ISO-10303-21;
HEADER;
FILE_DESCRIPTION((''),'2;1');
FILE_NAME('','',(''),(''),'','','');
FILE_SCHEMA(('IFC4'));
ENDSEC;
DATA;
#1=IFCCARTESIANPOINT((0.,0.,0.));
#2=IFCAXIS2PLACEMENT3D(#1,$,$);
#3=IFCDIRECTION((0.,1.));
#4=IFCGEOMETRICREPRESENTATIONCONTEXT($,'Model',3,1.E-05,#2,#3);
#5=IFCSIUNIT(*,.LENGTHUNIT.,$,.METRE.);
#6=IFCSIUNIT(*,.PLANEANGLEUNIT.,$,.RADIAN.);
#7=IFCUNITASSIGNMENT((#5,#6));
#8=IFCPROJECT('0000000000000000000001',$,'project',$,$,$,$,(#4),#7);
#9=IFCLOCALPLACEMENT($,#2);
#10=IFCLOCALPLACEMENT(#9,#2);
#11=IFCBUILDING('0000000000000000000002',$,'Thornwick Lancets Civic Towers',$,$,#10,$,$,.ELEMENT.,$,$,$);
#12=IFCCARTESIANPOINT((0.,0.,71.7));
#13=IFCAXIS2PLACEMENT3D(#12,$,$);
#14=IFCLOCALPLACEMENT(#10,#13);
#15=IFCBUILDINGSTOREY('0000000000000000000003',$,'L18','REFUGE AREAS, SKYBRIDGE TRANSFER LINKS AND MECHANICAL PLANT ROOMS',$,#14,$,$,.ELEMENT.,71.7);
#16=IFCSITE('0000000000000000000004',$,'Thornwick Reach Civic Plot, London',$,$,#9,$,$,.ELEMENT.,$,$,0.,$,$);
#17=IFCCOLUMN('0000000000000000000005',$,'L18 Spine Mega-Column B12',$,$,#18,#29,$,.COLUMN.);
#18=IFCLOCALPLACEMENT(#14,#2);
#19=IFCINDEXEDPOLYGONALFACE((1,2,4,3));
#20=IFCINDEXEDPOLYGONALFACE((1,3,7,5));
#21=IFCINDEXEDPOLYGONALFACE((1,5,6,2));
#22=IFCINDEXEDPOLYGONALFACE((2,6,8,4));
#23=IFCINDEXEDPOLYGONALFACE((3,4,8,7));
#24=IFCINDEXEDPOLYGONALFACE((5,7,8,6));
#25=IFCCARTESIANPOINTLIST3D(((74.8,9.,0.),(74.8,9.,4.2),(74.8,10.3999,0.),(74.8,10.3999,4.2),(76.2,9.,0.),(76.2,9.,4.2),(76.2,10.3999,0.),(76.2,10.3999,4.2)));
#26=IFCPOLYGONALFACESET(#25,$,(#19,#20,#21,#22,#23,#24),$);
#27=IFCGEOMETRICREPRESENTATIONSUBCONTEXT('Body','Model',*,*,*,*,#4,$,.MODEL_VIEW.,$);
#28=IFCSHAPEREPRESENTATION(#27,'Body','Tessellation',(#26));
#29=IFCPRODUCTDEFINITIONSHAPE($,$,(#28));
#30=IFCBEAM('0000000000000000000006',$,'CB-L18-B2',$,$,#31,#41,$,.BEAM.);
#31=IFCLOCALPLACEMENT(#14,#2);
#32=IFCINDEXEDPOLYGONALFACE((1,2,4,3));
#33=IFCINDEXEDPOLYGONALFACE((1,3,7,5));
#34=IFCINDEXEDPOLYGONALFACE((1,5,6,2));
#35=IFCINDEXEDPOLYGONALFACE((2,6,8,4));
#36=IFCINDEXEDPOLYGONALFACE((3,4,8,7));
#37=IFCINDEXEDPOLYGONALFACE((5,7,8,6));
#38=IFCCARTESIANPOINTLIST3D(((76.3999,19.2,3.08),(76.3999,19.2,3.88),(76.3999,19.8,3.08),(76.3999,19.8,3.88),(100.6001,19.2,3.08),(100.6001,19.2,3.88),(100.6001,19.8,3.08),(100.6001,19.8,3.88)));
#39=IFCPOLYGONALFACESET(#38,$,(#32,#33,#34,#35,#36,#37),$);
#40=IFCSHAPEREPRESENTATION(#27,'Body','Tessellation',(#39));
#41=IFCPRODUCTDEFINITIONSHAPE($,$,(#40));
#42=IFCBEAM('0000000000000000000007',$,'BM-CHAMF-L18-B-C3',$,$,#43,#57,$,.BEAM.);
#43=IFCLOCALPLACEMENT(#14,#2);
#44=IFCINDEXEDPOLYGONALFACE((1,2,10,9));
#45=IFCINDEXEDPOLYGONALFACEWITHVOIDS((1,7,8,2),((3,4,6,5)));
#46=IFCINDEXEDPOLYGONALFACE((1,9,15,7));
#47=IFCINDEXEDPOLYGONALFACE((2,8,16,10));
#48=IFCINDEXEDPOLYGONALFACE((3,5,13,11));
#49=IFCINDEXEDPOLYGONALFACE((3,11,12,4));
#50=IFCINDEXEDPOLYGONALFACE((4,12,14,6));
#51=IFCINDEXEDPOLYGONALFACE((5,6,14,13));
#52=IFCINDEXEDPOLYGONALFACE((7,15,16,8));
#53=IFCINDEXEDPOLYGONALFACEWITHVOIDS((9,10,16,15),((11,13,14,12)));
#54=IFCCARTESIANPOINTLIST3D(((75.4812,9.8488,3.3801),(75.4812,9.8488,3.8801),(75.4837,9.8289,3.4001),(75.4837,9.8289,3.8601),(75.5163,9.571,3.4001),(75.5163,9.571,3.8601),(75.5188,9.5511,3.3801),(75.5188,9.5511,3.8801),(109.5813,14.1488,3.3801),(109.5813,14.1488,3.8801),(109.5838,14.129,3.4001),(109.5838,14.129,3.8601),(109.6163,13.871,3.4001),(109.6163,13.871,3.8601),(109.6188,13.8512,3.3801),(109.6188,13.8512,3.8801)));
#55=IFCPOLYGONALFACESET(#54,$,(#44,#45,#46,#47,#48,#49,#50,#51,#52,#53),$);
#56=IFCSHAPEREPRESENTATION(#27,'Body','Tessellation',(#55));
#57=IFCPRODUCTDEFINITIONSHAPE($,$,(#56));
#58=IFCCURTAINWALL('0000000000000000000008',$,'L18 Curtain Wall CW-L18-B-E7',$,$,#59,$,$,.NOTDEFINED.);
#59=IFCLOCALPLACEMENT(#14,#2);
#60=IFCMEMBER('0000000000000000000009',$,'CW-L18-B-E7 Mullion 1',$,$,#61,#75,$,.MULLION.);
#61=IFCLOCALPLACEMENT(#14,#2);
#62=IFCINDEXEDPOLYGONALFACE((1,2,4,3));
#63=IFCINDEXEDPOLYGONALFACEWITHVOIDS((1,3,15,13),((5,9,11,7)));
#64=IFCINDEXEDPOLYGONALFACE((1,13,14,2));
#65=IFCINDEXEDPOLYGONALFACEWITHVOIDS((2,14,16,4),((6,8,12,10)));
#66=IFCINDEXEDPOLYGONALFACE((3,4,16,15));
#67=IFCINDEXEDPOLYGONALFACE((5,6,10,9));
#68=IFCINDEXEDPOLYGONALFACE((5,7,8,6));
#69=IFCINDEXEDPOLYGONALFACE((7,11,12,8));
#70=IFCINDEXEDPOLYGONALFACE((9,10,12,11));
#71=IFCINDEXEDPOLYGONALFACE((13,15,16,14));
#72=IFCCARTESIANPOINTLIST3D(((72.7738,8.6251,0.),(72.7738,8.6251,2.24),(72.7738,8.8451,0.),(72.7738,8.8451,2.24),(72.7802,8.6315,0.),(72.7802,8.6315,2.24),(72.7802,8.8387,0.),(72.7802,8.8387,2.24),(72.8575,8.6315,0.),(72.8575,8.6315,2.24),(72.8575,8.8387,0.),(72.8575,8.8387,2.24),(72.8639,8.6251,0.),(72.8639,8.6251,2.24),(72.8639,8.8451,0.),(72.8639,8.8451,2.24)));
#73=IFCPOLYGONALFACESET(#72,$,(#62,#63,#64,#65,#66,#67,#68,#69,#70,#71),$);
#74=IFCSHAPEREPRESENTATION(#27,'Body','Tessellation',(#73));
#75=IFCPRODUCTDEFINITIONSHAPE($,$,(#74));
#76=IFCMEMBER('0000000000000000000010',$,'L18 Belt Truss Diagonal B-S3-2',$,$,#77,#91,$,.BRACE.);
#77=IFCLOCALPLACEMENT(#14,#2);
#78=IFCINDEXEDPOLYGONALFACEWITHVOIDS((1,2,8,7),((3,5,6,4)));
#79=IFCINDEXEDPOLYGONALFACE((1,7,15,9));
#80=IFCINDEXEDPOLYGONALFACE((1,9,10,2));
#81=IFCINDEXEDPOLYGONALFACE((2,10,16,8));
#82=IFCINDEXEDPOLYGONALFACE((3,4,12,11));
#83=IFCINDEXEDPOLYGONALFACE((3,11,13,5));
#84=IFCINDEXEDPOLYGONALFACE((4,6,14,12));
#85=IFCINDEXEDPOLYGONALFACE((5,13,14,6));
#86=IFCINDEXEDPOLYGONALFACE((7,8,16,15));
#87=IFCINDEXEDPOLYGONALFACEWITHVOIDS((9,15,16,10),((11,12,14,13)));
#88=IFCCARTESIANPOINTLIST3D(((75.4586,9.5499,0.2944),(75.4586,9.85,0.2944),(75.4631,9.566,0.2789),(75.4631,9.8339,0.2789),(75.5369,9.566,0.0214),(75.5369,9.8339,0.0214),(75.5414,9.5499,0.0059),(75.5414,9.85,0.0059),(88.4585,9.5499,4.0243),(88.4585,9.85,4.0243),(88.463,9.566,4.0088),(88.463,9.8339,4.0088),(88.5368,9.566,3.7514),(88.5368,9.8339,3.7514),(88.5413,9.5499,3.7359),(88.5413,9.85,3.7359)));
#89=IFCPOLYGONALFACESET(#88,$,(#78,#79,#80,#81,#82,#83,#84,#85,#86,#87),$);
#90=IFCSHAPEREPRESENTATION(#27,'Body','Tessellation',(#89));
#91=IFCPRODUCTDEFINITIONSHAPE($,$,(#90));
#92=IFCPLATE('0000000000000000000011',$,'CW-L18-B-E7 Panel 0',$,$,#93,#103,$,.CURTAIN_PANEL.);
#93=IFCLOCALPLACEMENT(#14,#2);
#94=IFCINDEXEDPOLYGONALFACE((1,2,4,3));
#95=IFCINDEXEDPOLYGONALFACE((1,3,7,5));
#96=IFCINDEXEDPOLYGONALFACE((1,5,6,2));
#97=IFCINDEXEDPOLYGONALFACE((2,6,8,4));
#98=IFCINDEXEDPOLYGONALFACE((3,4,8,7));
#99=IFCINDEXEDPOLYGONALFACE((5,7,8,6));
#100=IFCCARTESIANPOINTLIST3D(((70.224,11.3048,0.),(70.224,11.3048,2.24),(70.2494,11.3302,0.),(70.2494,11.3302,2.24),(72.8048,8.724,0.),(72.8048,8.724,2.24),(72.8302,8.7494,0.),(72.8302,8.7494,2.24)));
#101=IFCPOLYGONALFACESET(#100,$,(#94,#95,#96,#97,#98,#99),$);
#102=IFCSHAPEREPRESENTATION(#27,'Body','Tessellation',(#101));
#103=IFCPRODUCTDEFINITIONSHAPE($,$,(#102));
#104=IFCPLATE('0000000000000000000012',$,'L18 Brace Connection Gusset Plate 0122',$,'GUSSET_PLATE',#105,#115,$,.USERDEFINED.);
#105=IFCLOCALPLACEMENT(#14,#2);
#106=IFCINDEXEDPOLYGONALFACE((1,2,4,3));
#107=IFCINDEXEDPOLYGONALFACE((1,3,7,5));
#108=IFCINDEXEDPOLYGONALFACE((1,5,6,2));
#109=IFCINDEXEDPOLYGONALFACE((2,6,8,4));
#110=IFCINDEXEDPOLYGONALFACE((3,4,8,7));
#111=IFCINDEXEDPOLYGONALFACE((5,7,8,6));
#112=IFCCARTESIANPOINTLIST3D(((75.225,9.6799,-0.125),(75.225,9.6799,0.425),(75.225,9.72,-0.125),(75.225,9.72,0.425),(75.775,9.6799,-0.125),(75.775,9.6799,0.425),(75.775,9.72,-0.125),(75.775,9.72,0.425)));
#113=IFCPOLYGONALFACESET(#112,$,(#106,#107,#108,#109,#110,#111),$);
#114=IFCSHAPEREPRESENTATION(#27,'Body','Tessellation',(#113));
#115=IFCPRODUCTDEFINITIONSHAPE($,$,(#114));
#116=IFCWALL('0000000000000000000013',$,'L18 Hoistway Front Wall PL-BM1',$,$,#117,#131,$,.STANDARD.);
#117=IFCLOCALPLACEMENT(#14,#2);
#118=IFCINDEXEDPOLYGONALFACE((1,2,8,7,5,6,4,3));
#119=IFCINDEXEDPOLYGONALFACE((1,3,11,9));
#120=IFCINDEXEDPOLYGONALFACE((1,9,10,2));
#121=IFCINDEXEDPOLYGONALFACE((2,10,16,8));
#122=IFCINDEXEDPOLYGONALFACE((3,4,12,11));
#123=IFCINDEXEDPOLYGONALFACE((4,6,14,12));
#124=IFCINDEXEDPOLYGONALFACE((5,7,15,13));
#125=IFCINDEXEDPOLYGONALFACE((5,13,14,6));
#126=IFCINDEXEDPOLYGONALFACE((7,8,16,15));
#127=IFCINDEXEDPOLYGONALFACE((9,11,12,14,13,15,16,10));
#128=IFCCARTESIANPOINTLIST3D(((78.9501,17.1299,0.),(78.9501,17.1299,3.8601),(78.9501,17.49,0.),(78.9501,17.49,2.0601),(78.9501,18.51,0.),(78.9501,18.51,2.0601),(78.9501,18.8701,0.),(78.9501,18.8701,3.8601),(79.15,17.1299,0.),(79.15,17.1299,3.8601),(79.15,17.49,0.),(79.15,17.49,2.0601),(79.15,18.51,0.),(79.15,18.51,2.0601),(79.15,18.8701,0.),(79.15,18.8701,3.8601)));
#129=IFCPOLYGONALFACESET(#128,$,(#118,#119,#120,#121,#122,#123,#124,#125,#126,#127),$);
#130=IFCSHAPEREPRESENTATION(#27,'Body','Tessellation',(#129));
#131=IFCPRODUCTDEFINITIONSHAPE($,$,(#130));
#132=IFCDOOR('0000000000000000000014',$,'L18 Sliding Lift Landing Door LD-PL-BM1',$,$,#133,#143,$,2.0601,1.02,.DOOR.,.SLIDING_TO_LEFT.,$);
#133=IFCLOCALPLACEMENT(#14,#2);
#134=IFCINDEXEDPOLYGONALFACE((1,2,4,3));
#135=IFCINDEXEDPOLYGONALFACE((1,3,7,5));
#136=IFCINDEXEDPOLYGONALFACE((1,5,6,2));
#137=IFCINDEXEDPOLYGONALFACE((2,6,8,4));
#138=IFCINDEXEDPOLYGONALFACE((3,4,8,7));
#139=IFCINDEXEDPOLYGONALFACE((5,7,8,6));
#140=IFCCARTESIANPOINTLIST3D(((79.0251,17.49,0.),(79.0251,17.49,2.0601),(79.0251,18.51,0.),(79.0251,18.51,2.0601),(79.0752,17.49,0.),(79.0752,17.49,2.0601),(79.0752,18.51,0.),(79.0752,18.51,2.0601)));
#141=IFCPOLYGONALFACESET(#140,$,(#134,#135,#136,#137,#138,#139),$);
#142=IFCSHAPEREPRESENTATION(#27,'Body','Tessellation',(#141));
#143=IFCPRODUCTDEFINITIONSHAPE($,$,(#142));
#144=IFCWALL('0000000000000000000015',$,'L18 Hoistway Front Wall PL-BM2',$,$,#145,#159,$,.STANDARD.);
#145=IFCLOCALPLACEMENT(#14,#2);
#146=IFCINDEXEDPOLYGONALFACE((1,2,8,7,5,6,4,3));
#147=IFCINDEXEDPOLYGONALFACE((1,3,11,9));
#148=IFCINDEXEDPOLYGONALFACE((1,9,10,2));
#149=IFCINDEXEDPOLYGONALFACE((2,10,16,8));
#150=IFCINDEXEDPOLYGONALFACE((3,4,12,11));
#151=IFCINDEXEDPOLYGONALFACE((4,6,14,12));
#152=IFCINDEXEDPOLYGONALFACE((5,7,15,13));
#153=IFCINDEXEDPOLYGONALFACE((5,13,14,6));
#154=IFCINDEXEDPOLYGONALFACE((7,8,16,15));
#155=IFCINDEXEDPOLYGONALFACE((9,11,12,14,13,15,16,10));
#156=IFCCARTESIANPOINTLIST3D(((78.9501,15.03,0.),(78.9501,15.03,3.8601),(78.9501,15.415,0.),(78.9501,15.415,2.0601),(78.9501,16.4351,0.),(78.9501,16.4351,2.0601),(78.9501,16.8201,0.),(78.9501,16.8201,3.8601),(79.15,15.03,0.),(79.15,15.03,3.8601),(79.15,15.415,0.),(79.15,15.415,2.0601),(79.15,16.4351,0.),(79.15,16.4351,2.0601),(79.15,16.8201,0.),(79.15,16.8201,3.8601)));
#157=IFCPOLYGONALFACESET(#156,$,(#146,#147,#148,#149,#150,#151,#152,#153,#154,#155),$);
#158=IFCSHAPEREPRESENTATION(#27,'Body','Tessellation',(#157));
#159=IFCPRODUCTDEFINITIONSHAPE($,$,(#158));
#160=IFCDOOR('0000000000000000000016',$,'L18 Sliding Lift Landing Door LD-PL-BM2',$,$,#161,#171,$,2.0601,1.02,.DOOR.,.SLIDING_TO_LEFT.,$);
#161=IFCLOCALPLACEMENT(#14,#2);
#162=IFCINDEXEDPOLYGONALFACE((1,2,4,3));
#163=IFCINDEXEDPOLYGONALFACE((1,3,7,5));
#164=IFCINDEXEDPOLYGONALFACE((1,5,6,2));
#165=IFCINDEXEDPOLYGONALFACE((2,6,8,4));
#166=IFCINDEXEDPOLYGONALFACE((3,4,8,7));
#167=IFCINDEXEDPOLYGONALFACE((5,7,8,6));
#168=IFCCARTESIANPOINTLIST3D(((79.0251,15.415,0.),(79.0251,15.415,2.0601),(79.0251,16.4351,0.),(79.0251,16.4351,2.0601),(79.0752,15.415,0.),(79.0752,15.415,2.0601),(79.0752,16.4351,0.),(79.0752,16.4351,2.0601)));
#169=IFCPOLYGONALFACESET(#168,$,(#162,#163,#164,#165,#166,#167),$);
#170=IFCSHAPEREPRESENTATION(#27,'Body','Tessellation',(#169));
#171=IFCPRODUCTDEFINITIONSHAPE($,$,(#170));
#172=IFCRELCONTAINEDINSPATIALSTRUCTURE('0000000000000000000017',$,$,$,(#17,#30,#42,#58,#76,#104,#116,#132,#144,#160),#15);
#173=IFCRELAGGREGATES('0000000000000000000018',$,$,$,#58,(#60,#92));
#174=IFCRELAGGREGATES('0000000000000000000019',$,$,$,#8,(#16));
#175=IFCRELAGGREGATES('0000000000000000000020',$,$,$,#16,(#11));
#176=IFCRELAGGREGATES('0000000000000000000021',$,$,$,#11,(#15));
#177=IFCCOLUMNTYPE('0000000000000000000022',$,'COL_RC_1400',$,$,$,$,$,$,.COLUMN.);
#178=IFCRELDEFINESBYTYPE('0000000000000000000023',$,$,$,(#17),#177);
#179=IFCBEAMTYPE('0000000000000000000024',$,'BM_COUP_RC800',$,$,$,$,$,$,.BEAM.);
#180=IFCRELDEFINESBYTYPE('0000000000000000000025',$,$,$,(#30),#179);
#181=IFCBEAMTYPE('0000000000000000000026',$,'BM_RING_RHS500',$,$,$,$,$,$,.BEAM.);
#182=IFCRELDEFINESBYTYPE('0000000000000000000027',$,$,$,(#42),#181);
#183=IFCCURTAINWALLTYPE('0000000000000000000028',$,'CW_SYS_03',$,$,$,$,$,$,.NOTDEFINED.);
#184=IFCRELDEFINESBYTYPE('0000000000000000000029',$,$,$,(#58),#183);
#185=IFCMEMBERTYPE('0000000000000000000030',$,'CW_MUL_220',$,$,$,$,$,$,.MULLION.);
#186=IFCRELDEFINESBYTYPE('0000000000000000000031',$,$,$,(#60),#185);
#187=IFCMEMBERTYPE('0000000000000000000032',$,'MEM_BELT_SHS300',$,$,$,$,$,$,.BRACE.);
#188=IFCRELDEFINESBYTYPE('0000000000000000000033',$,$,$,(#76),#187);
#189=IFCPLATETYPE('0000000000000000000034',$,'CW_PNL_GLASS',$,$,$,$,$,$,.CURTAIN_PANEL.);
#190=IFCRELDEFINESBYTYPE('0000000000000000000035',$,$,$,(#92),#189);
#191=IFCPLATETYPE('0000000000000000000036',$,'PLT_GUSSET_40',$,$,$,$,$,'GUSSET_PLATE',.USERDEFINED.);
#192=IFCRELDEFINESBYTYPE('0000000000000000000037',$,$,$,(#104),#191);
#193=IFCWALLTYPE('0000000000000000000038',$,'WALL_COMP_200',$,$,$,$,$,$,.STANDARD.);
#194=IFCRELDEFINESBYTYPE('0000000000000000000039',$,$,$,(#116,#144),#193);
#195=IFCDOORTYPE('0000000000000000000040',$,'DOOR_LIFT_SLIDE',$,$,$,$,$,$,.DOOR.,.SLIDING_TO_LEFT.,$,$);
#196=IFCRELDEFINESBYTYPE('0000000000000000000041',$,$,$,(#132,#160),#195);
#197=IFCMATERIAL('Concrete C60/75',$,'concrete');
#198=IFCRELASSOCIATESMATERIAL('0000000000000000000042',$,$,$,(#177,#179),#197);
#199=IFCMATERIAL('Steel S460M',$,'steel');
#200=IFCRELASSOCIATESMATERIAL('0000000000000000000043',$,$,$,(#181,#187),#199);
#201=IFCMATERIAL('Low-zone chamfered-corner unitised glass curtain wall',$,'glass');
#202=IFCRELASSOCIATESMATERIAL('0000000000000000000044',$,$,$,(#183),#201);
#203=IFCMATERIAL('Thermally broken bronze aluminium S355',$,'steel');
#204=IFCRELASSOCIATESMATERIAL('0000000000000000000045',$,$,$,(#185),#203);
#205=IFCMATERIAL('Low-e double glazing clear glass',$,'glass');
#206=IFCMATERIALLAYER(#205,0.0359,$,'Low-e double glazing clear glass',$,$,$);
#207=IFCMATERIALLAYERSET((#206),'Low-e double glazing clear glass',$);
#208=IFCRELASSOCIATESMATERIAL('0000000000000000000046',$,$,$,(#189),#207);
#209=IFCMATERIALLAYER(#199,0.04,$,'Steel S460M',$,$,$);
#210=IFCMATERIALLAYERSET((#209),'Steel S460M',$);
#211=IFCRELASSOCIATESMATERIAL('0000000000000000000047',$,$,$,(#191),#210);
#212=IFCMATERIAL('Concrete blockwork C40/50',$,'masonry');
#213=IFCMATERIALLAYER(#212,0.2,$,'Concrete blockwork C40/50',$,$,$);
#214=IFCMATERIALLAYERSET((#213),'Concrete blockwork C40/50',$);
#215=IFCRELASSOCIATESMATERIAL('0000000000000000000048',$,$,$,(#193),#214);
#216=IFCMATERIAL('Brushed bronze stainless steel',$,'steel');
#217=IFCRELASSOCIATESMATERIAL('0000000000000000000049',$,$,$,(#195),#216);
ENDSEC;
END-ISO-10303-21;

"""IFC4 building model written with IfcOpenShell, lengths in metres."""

from ifc_helpers import new_model, si_unit, direction, frame, frame_2d, origin, origin_2d, place, context, subcontext, project, spatial, rectangle, hollow_rectangle, extrude, material, layer, layer_set, material_profile, profile_set, type_object, element, fill, aggregate, save


model = new_model("IFC4")

# Units and contexts
model_context = context("Model", 3, precision=1e-05, world=origin(), true_north=direction((0.0, 1.0)))
body_context = subcontext(model_context, "Body", "Model", "MODEL_VIEW")
ifc_project = project(units=[si_unit("LENGTHUNIT", "METRE"), si_unit("PLANEANGLEUNIT", "RADIAN")], contexts=[model_context])

# Site, building, storey
site_placement = place(None, origin())
site = spatial("IfcSite", under=ifc_project, at=site_placement, Name="Thornwick Reach Civic Plot, London", CompositionType="ELEMENT", RefElevation=0.0)
building_placement = place(site_placement, origin())
building = spatial("IfcBuilding", under=site, at=building_placement, Name="Thornwick Lancets Civic Towers", CompositionType="ELEMENT")
storey_placement = place(building_placement, frame((0.0, 0.0, 71.7)))
storey = spatial("IfcBuildingStorey", under=building, at=storey_placement, Name="L18", Description="REFUGE AREAS, SKYBRIDGE TRANSFER LINKS AND MECHANICAL PLANT ROOMS", CompositionType="ELEMENT", Elevation=71.7)

# Column
ifc_material_1 = material(Name="Concrete C60/75", Category="concrete")
ifc_material_profile_1 = material_profile(ifc_material_1, rectangle(XDim=1.3999, YDim=1.3999, at=origin_2d()), Name="RC 1400x1400")
ifc_profile_set_1 = profile_set([ifc_material_profile_1], Name="Concrete C60/75")
column_type = type_object("IfcColumnType", Name="COL_RC_1400", PredefinedType="COLUMN", material=ifc_profile_set_1)
column_placement = place(storey_placement, frame((75.5, 9.7, 0.0), z_axis=(0.0, 0.0, 1.0), x_axis=(1.0, 0.0, 0.0)))
element("IfcColumn", 1, at=column_placement, inside=storey, type_object=column_type, Name="L18 Spine Mega-Column B12", PredefinedType="COLUMN", context=body_context, shape_type="SweptSolid", body=[
    extrude(rectangle(XDim=1.3999, YDim=1.3999, at=origin_2d()), origin(), (0.0, 0.0, 1.0), 4.2),
])

# Beams
ifc_material_profile_2 = material_profile(ifc_material_1, rectangle(XDim=0.6001, YDim=0.8, at=origin_2d()), Name="RC 600x800")
ifc_profile_set_2 = profile_set([ifc_material_profile_2], Name="Concrete C60/75")
beam_type_1 = type_object("IfcBeamType", Name="BM_COUP_RC800", PredefinedType="BEAM", material=ifc_profile_set_2)
beam_1_placement = place(storey_placement, frame((76.3999, 19.5, 3.48), z_axis=(1.0, 0.0, 0.0), x_axis=(0.0, 1.0, 0.0)))
element("IfcBeam", 2, at=beam_1_placement, inside=storey, type_object=beam_type_1, Name="CB-L18-B2", PredefinedType="BEAM", context=body_context, shape_type="SweptSolid", body=[
    extrude(rectangle(XDim=0.6001, YDim=0.8, at=origin_2d()), origin(), (0.0, 0.0, 1.0), 24.2002),
])
ifc_material_2 = material(Name="Steel S460M", Category="steel")
ifc_material_profile_3 = material_profile(ifc_material_2, hollow_rectangle(XDim=0.3, YDim=0.5, WallThickness=0.02, at=origin_2d()), Name="RHS 500x300x20")
ifc_profile_set_3 = profile_set([ifc_material_profile_3], Name="Steel S460M")
beam_type_2 = type_object("IfcBeamType", Name="BM_RING_RHS500", PredefinedType="BEAM", material=ifc_profile_set_3)
beam_2_placement = place(storey_placement, frame((75.5, 9.7, 3.6301), z_axis=(0.992143, 0.12511, 0.0), x_axis=(-0.12511, 0.992143, 0.0)))
element("IfcBeam", 3, at=beam_2_placement, inside=storey, type_object=beam_type_2, Name="BM-CHAMF-L18-B-C3", PredefinedType="BEAM", context=body_context, shape_type="SweptSolid", body=[
    extrude(hollow_rectangle(XDim=0.3, YDim=0.5, WallThickness=0.02, at=origin_2d()), origin(), (0.0, 0.0, 1.0), 34.3701),
])

# Curtain wall, member
ifc_material_3 = material(Name="Low-zone chamfered-corner unitised glass curtain wall", Category="glass")
curtain_wall_type = type_object("IfcCurtainWallType", Name="CW_SYS_03", PredefinedType="NOTDEFINED", material=ifc_material_3)
curtain_wall_placement = place(storey_placement, origin())
curtain_wall = element("IfcCurtainWall", 4, at=curtain_wall_placement, inside=storey, type_object=curtain_wall_type, Name="L18 Curtain Wall CW-L18-B-E7", PredefinedType="NOTDEFINED")
ifc_material_4 = material(Name="Thermally broken bronze aluminium S355", Category="steel")
ifc_material_profile_4 = material_profile(ifc_material_4, hollow_rectangle(XDim=0.0901, YDim=0.22, WallThickness=0.0063, at=origin_2d()), Name="RHS 220x90x6.3")
ifc_profile_set_4 = profile_set([ifc_material_profile_4], Name="Thermally broken bronze aluminium S355")
member_type_1 = type_object("IfcMemberType", Name="CW_MUL_220", PredefinedType="MULLION", material=ifc_profile_set_4)
member_1_placement = place(storey_placement, frame((72.8188, 8.7351, 0.0), z_axis=(0.0, 0.0, 1.0), x_axis=(1.0, 0.0, 0.0)))
member_1 = element("IfcMember", 5, at=member_1_placement, type_object=member_type_1, Name="CW-L18-B-E7 Mullion 1", PredefinedType="MULLION", context=body_context, shape_type="SweptSolid", body=[
    extrude(hollow_rectangle(XDim=0.0901, YDim=0.22, WallThickness=0.0063, at=origin_2d()), origin(), (0.0, 0.0, 1.0), 2.24),
])

# Member
ifc_material_profile_5 = material_profile(ifc_material_2, hollow_rectangle(XDim=0.3, YDim=0.3, WallThickness=0.0161, at=origin_2d()), Name="SHS 300x300x16")
ifc_profile_set_5 = profile_set([ifc_material_profile_5], Name="Steel S460M")
member_type_2 = type_object("IfcMemberType", Name="MEM_BELT_SHS300", PredefinedType="BRACE", material=ifc_profile_set_5)
member_2_placement = place(storey_placement, frame((75.5, 9.7, 0.1501), z_axis=(0.961217, 0.0, 0.275794), x_axis=(0.0, 1.0, 0.0)))
element("IfcMember", 6, at=member_2_placement, inside=storey, type_object=member_type_2, Name="L18 Belt Truss Diagonal B-S3-2", PredefinedType="BRACE", context=body_context, shape_type="SweptSolid", body=[
    extrude(hollow_rectangle(XDim=0.3, YDim=0.3, WallThickness=0.0161, at=origin_2d()), origin(), (0.0, 0.0, 1.0), 13.5244),
])

# Plates
ifc_material_5 = material(Name="Low-e double glazing clear glass", Category="glass")
ifc_layer_1 = layer(ifc_material_5, 0.0359, Name="Low-e double glazing clear glass")
ifc_layer_set_1 = layer_set([ifc_layer_1], Name="Low-e double glazing clear glass")
plate_type_1 = type_object("IfcPlateType", Name="CW_PNL_GLASS", PredefinedType="CURTAIN_PANEL", material=ifc_layer_set_1)
plate_1_placement = place(storey_placement, frame((71.5271, 10.0271, 0.0), z_axis=(0.0, 0.0, 1.0), x_axis=(0.707107, -0.707107, 0.0)))
plate_1 = element("IfcPlate", 7, at=plate_1_placement, type_object=plate_type_1, Name="CW-L18-B-E7 Panel 0", PredefinedType="CURTAIN_PANEL", context=body_context, shape_type="SweptSolid", body=[
    extrude(rectangle(XDim=3.6499, YDim=0.0359, at=origin_2d()), origin(), (0.0, 0.0, 1.0), 2.24),
])
aggregate(curtain_wall, [member_1, plate_1])
ifc_layer_2 = layer(ifc_material_2, 0.04, Name="Steel S460M")
ifc_layer_set_2 = layer_set([ifc_layer_2], Name="Steel S460M")
plate_type_2 = type_object("IfcPlateType", Name="PLT_GUSSET_40", ElementType="GUSSET_PLATE", PredefinedType="USERDEFINED", material=ifc_layer_set_2)
plate_2_placement = place(storey_placement, frame((75.5, 9.7, -0.125), z_axis=(0.0, 0.0, 1.0), x_axis=(1.0, 0.0, 0.0)))
element("IfcPlate", 8, at=plate_2_placement, inside=storey, type_object=plate_type_2, Name="L18 Brace Connection Gusset Plate 0122", ObjectType="GUSSET_PLATE", PredefinedType="USERDEFINED", context=body_context, shape_type="SweptSolid", body=[
    extrude(rectangle(XDim=0.55, YDim=0.04, at=origin_2d()), origin(), (0.0, 0.0, 1.0), 0.55),
])

# Walls, openings, doors
ifc_material_6 = material(Name="Concrete blockwork C40/50", Category="masonry")
ifc_layer_3 = layer(ifc_material_6, 0.2, Name="Concrete blockwork C40/50")
ifc_layer_set_3 = layer_set([ifc_layer_3], Name="Concrete blockwork C40/50")
wall_type_1 = type_object("IfcWallType", Name="WALL_COMP_200", PredefinedType="STANDARD", material=ifc_layer_set_3)
wall_1_placement = place(storey_placement, frame((79.05, 17.1299, 0.0), z_axis=(0.0, 0.0, 1.0), x_axis=(0.0, 1.0, 0.0)))
wall_1 = element("IfcWall", 9, at=wall_1_placement, inside=storey, type_object=wall_type_1, Name="L18 Hoistway Front Wall PL-BM1", PredefinedType="STANDARD", context=body_context, shape_type="SweptSolid", body=[
    extrude(rectangle(XDim=1.7402, YDim=0.2, at=frame_2d((0.8701, 0.0))), origin(), (0.0, 0.0, 1.0), 3.8601),
])
opening_1_placement = place(wall_1_placement, frame((0.3601, 0.0, 0.0)))
opening_1 = element("IfcOpeningElement", 10, at=opening_1_placement, cuts=wall_1, PredefinedType="OPENING", context=body_context, shape_type="SweptSolid", body=[
    extrude(rectangle(XDim=1.02, YDim=2.0601, at=frame_2d((0.51, 1.03))), frame((0.0, 0.1099, 0.0), z_axis=(0.0, -1.0, 0.0), x_axis=(1.0, 0.0, 0.0)), (0.0, 0.0, 1.0), 0.22),
])
ifc_material_7 = material(Name="Brushed bronze stainless steel", Category="steel")
door_type = type_object("IfcDoorType", Name="DOOR_LIFT_SLIDE", OperationType="SLIDING_TO_LEFT", PredefinedType="DOOR", material=ifc_material_7)
door_1_placement = place(opening_1_placement, origin())
door_1 = element("IfcDoor", 11, at=door_1_placement, inside=storey, type_object=door_type, Name="L18 Sliding Lift Landing Door LD-PL-BM1", OperationType="SLIDING_TO_LEFT", OverallHeight=2.0601, OverallWidth=1.02, PredefinedType="DOOR", context=body_context, shape_type="SweptSolid", body=[
    extrude(rectangle(XDim=1.02, YDim=2.0601, at=frame_2d((0.51, 1.03))), frame((0.0, 0.0249, 0.0), z_axis=(0.0, -1.0, 0.0), x_axis=(1.0, 0.0, 0.0)), (0.0, 0.0, 1.0), 0.05),
])
fill(opening_1, door_1)
wall_2_placement = place(storey_placement, frame((79.05, 15.03, 0.0), z_axis=(0.0, 0.0, 1.0), x_axis=(0.0, 1.0, 0.0)))
wall_2 = element("IfcWall", 12, at=wall_2_placement, inside=storey, type_object=wall_type_1, Name="L18 Hoistway Front Wall PL-BM2", PredefinedType="STANDARD", context=body_context, shape_type="SweptSolid", body=[
    extrude(rectangle(XDim=1.79, YDim=0.2, at=frame_2d((0.895, 0.0))), origin(), (0.0, 0.0, 1.0), 3.8601),
])
opening_2_placement = place(wall_2_placement, frame((0.385, 0.0, 0.0)))
opening_2 = element("IfcOpeningElement", 13, at=opening_2_placement, cuts=wall_2, PredefinedType="OPENING", context=body_context, shape_type="SweptSolid", body=[
    extrude(rectangle(XDim=1.02, YDim=2.0601, at=frame_2d((0.51, 1.03))), frame((0.0, 0.1099, 0.0), z_axis=(0.0, -1.0, 0.0), x_axis=(1.0, 0.0, 0.0)), (0.0, 0.0, 1.0), 0.22),
])
door_2_placement = place(opening_2_placement, origin())
door_2 = element("IfcDoor", 14, at=door_2_placement, inside=storey, type_object=door_type, Name="L18 Sliding Lift Landing Door LD-PL-BM2", OperationType="SLIDING_TO_LEFT", OverallHeight=2.0601, OverallWidth=1.02, PredefinedType="DOOR", context=body_context, shape_type="SweptSolid", body=[
    extrude(rectangle(XDim=1.02, YDim=2.0601, at=frame_2d((0.51, 1.03))), frame((0.0, 0.0249, 0.0), z_axis=(0.0, -1.0, 0.0), x_axis=(1.0, 0.0, 0.0)), (0.0, 0.0, 1.0), 0.05),
])
fill(opening_2, door_2)

save(model, "model.ifc")
